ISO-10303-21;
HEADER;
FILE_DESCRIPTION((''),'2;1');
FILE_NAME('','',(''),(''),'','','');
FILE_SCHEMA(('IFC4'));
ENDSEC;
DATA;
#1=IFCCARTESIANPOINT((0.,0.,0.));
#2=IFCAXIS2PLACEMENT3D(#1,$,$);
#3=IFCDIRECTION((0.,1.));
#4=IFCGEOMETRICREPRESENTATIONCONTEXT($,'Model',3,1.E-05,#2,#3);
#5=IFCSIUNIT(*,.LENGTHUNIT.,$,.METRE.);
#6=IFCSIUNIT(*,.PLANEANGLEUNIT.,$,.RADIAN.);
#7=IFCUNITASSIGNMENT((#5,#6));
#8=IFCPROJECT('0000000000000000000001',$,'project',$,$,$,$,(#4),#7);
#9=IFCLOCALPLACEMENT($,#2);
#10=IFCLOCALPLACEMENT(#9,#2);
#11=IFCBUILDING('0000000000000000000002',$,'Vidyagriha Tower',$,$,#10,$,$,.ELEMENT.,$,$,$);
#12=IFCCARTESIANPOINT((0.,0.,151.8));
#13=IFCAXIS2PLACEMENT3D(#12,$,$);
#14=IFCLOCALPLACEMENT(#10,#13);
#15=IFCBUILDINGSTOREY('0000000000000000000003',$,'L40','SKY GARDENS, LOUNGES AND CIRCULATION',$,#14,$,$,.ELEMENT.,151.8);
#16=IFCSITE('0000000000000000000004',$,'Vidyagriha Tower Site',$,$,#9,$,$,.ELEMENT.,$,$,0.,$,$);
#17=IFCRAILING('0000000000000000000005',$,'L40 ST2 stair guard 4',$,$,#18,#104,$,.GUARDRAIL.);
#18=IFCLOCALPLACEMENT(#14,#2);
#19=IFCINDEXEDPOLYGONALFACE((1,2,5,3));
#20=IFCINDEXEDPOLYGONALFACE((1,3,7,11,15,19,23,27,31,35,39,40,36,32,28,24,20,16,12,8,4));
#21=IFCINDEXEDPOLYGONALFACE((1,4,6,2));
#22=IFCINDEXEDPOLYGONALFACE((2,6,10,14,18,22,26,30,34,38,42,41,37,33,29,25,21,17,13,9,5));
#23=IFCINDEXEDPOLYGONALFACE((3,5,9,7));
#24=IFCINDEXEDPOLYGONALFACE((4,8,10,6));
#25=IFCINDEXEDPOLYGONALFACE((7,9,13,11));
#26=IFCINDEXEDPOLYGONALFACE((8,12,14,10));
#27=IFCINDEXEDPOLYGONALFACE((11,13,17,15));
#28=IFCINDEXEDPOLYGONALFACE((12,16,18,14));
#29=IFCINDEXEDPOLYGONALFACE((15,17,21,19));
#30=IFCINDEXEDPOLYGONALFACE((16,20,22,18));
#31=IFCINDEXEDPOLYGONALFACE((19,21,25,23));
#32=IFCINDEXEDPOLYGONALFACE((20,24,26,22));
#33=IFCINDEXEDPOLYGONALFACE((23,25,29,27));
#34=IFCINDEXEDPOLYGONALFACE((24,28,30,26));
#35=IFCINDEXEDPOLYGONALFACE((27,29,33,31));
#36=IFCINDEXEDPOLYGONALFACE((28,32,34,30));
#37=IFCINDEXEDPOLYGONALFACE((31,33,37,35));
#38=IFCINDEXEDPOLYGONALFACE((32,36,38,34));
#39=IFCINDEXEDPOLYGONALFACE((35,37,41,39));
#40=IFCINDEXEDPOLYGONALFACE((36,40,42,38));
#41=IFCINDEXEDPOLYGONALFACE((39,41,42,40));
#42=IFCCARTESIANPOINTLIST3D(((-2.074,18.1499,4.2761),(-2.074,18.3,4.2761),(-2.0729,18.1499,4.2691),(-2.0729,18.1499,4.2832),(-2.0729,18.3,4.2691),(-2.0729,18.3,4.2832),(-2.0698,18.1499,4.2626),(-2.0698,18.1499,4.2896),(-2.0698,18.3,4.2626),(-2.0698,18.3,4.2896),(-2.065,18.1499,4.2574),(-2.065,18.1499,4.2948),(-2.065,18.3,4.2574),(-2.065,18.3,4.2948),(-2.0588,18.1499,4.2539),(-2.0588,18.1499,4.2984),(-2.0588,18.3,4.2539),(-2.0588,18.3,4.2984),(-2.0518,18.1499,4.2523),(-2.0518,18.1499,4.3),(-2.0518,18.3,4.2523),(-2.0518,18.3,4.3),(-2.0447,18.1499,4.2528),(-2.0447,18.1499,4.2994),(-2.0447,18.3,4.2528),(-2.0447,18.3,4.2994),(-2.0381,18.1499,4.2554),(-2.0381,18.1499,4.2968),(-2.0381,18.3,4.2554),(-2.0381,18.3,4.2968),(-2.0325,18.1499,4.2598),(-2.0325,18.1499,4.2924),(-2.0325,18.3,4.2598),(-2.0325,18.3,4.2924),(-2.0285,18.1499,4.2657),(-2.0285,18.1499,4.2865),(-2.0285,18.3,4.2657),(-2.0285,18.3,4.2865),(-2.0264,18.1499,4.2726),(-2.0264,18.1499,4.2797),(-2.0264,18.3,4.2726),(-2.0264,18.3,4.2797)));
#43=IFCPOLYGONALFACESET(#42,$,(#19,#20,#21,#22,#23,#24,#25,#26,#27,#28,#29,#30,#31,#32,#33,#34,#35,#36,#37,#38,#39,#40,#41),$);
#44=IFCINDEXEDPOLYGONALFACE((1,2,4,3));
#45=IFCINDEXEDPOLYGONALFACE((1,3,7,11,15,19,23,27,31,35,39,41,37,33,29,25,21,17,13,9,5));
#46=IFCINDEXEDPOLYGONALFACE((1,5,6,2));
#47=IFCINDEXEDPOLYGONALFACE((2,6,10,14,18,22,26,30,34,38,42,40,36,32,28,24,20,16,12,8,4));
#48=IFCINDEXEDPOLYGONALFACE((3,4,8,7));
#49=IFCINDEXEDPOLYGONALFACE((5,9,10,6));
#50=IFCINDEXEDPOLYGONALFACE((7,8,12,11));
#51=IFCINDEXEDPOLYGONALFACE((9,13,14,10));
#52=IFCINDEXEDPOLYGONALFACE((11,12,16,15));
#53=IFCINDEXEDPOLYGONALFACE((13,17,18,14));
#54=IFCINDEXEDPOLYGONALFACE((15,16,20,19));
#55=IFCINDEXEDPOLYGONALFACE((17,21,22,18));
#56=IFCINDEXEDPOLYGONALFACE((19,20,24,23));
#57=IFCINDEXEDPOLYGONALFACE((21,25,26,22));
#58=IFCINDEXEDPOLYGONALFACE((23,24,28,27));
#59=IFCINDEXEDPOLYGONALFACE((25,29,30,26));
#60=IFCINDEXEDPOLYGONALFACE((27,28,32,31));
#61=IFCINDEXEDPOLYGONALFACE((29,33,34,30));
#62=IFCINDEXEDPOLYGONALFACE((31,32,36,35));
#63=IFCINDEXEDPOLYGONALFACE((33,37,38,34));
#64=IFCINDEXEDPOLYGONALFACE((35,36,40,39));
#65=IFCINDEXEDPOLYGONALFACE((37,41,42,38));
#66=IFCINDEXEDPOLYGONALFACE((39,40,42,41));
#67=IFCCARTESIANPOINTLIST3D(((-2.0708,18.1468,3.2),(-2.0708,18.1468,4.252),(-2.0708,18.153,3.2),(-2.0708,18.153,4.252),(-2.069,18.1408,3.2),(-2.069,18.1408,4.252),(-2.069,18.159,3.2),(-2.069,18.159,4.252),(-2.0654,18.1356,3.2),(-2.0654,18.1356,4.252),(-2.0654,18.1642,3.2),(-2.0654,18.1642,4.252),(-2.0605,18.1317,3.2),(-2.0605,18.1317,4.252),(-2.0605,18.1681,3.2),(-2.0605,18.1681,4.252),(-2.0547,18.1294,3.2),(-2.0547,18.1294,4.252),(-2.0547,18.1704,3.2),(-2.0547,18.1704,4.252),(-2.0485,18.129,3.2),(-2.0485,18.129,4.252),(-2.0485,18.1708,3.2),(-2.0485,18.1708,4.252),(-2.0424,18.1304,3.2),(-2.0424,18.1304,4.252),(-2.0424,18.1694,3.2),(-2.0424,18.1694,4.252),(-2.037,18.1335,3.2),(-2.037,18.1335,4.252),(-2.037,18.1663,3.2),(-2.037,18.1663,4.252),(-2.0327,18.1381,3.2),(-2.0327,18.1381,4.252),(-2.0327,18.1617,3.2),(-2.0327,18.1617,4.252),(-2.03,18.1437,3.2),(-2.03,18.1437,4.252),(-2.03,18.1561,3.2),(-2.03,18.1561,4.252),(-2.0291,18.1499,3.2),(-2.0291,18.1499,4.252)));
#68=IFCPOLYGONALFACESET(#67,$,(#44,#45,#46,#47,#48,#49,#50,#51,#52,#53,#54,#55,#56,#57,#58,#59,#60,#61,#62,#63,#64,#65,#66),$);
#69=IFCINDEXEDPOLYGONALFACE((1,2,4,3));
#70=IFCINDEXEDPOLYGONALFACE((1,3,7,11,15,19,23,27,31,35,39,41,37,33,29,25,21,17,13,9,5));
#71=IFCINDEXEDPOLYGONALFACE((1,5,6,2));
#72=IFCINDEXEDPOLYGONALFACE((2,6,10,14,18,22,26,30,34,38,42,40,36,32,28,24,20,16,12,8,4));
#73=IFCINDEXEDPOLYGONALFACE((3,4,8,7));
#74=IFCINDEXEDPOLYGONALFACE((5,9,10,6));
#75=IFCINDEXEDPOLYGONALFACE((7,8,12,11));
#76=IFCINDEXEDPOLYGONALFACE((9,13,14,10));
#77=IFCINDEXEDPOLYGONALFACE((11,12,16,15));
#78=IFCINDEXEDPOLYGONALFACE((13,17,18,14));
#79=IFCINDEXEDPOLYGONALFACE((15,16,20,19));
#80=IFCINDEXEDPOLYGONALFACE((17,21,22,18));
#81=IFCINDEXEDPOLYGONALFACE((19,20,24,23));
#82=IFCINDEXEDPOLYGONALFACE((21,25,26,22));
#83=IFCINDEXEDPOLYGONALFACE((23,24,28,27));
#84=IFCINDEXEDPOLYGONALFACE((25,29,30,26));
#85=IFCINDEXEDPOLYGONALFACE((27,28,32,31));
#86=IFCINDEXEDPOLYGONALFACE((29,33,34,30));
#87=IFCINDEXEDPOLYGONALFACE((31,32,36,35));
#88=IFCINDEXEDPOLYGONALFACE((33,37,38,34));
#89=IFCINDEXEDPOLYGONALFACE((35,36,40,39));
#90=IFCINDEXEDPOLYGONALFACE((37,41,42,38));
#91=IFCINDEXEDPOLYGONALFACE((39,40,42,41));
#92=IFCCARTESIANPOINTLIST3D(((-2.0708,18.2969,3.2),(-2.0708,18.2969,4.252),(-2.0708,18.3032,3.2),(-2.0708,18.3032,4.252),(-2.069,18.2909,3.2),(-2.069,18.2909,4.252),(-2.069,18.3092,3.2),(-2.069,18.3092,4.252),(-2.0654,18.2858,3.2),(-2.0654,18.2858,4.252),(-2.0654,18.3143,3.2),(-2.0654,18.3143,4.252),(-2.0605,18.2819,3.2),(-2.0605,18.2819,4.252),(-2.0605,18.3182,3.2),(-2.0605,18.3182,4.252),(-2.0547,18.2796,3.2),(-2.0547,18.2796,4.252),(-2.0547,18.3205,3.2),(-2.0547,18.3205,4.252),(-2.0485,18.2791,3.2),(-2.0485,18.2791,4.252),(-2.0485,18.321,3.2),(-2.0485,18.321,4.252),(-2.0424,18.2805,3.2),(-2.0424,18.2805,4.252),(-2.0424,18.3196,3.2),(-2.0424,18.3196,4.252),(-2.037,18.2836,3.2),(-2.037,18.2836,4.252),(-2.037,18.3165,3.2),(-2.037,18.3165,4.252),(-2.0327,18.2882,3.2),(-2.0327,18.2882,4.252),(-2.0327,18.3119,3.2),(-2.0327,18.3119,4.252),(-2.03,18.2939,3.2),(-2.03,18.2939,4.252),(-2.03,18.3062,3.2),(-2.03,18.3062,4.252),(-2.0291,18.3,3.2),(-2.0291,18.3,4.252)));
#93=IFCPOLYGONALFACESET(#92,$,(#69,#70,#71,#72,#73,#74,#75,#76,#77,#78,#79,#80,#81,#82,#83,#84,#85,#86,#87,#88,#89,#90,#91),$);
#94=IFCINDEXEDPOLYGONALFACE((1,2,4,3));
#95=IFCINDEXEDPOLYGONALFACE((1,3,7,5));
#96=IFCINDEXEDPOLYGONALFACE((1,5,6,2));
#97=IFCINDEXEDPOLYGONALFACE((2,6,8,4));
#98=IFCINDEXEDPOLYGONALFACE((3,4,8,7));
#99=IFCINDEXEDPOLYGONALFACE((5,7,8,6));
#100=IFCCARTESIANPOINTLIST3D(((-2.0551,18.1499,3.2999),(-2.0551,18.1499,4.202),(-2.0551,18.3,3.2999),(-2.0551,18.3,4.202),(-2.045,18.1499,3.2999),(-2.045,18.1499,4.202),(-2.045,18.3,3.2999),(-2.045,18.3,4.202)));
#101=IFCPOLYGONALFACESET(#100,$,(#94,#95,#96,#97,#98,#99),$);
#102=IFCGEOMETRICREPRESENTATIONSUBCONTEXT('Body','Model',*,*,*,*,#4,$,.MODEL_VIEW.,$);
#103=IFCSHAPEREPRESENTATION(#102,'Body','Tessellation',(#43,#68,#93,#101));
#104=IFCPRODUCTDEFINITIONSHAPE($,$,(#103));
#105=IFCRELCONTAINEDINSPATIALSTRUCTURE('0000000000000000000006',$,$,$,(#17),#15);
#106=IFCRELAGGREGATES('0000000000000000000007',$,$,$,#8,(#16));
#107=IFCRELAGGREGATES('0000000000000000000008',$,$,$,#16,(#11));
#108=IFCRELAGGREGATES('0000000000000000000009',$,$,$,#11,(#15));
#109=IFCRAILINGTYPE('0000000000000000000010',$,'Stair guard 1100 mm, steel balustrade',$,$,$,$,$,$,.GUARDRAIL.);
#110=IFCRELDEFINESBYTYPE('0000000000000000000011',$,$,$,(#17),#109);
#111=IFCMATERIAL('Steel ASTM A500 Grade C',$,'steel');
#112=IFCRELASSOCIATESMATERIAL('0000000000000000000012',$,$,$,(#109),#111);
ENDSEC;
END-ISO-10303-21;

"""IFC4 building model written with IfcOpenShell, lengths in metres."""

from ifc_helpers import new_model, si_unit, direction, frame, origin, origin_2d, place, context, subcontext, project, spatial, rectangle, circle, extrude, material, type_object, element, save


model = new_model("IFC4")

# Units and contexts
model_context = context("Model", 3, precision=1e-05, world=origin(), true_north=direction((0.0, 1.0)))
body_context = subcontext(model_context, "Body", "Model", "MODEL_VIEW")
ifc_project = project(units=[si_unit("LENGTHUNIT", "METRE"), si_unit("PLANEANGLEUNIT", "RADIAN")], contexts=[model_context])

# Site, building, storey
site_placement = place(None, origin())
site = spatial("IfcSite", under=ifc_project, at=site_placement, Name="Vidyagriha Tower Site", CompositionType="ELEMENT", RefElevation=0.0)
building_placement = place(site_placement, origin())
building = spatial("IfcBuilding", under=site, at=building_placement, Name="Vidyagriha Tower", CompositionType="ELEMENT")
storey_placement = place(building_placement, frame((0.0, 0.0, 151.8)))
storey = spatial("IfcBuildingStorey", under=building, at=storey_placement, Name="L40", Description="SKY GARDENS, LOUNGES AND CIRCULATION", CompositionType="ELEMENT", Elevation=151.8)

# Railing
ifc_material_1 = material(Name="Steel ASTM A500 Grade C", Category="steel")
railing_type_1 = type_object("IfcRailingType", Name="Stair guard 1100 mm, steel balustrade", PredefinedType="GUARDRAIL", material=ifc_material_1)
railing_1_placement = place(storey_placement, frame((-2.05, 18.1499, 3.2)))
element("IfcRailing", 1, at=railing_1_placement, inside=storey, type_object=railing_type_1, Name="L40 ST2 stair guard 4", PredefinedType="GUARDRAIL", context=body_context, shape_type="SweptSolid", body=[
    extrude(circle(Radius=0.0239, at=origin_2d()), frame((0.0, 0.0, 1.0762), z_axis=(0.0, 1.0, 0.0), x_axis=(-1.0, 0.0, 0.0)), (0.0, 0.0, 1.0), 0.1501),
    extrude(circle(Radius=0.021, at=origin_2d()), origin(), (0.0, 0.0, 1.0), 1.052),
    extrude(circle(Radius=0.021, at=origin_2d()), frame((0.0, 0.1501, 0.0)), (0.0, 0.0, 1.0), 1.052),
    extrude(rectangle(XDim=0.01, YDim=0.9021, at=origin_2d()), frame((0.0, 0.0, 0.551), z_axis=(0.0, 1.0, 0.0), x_axis=(-1.0, 0.0, 0.0)), (0.0, 0.0, 1.0), 0.1501),
])

save(model, "model.ifc")
